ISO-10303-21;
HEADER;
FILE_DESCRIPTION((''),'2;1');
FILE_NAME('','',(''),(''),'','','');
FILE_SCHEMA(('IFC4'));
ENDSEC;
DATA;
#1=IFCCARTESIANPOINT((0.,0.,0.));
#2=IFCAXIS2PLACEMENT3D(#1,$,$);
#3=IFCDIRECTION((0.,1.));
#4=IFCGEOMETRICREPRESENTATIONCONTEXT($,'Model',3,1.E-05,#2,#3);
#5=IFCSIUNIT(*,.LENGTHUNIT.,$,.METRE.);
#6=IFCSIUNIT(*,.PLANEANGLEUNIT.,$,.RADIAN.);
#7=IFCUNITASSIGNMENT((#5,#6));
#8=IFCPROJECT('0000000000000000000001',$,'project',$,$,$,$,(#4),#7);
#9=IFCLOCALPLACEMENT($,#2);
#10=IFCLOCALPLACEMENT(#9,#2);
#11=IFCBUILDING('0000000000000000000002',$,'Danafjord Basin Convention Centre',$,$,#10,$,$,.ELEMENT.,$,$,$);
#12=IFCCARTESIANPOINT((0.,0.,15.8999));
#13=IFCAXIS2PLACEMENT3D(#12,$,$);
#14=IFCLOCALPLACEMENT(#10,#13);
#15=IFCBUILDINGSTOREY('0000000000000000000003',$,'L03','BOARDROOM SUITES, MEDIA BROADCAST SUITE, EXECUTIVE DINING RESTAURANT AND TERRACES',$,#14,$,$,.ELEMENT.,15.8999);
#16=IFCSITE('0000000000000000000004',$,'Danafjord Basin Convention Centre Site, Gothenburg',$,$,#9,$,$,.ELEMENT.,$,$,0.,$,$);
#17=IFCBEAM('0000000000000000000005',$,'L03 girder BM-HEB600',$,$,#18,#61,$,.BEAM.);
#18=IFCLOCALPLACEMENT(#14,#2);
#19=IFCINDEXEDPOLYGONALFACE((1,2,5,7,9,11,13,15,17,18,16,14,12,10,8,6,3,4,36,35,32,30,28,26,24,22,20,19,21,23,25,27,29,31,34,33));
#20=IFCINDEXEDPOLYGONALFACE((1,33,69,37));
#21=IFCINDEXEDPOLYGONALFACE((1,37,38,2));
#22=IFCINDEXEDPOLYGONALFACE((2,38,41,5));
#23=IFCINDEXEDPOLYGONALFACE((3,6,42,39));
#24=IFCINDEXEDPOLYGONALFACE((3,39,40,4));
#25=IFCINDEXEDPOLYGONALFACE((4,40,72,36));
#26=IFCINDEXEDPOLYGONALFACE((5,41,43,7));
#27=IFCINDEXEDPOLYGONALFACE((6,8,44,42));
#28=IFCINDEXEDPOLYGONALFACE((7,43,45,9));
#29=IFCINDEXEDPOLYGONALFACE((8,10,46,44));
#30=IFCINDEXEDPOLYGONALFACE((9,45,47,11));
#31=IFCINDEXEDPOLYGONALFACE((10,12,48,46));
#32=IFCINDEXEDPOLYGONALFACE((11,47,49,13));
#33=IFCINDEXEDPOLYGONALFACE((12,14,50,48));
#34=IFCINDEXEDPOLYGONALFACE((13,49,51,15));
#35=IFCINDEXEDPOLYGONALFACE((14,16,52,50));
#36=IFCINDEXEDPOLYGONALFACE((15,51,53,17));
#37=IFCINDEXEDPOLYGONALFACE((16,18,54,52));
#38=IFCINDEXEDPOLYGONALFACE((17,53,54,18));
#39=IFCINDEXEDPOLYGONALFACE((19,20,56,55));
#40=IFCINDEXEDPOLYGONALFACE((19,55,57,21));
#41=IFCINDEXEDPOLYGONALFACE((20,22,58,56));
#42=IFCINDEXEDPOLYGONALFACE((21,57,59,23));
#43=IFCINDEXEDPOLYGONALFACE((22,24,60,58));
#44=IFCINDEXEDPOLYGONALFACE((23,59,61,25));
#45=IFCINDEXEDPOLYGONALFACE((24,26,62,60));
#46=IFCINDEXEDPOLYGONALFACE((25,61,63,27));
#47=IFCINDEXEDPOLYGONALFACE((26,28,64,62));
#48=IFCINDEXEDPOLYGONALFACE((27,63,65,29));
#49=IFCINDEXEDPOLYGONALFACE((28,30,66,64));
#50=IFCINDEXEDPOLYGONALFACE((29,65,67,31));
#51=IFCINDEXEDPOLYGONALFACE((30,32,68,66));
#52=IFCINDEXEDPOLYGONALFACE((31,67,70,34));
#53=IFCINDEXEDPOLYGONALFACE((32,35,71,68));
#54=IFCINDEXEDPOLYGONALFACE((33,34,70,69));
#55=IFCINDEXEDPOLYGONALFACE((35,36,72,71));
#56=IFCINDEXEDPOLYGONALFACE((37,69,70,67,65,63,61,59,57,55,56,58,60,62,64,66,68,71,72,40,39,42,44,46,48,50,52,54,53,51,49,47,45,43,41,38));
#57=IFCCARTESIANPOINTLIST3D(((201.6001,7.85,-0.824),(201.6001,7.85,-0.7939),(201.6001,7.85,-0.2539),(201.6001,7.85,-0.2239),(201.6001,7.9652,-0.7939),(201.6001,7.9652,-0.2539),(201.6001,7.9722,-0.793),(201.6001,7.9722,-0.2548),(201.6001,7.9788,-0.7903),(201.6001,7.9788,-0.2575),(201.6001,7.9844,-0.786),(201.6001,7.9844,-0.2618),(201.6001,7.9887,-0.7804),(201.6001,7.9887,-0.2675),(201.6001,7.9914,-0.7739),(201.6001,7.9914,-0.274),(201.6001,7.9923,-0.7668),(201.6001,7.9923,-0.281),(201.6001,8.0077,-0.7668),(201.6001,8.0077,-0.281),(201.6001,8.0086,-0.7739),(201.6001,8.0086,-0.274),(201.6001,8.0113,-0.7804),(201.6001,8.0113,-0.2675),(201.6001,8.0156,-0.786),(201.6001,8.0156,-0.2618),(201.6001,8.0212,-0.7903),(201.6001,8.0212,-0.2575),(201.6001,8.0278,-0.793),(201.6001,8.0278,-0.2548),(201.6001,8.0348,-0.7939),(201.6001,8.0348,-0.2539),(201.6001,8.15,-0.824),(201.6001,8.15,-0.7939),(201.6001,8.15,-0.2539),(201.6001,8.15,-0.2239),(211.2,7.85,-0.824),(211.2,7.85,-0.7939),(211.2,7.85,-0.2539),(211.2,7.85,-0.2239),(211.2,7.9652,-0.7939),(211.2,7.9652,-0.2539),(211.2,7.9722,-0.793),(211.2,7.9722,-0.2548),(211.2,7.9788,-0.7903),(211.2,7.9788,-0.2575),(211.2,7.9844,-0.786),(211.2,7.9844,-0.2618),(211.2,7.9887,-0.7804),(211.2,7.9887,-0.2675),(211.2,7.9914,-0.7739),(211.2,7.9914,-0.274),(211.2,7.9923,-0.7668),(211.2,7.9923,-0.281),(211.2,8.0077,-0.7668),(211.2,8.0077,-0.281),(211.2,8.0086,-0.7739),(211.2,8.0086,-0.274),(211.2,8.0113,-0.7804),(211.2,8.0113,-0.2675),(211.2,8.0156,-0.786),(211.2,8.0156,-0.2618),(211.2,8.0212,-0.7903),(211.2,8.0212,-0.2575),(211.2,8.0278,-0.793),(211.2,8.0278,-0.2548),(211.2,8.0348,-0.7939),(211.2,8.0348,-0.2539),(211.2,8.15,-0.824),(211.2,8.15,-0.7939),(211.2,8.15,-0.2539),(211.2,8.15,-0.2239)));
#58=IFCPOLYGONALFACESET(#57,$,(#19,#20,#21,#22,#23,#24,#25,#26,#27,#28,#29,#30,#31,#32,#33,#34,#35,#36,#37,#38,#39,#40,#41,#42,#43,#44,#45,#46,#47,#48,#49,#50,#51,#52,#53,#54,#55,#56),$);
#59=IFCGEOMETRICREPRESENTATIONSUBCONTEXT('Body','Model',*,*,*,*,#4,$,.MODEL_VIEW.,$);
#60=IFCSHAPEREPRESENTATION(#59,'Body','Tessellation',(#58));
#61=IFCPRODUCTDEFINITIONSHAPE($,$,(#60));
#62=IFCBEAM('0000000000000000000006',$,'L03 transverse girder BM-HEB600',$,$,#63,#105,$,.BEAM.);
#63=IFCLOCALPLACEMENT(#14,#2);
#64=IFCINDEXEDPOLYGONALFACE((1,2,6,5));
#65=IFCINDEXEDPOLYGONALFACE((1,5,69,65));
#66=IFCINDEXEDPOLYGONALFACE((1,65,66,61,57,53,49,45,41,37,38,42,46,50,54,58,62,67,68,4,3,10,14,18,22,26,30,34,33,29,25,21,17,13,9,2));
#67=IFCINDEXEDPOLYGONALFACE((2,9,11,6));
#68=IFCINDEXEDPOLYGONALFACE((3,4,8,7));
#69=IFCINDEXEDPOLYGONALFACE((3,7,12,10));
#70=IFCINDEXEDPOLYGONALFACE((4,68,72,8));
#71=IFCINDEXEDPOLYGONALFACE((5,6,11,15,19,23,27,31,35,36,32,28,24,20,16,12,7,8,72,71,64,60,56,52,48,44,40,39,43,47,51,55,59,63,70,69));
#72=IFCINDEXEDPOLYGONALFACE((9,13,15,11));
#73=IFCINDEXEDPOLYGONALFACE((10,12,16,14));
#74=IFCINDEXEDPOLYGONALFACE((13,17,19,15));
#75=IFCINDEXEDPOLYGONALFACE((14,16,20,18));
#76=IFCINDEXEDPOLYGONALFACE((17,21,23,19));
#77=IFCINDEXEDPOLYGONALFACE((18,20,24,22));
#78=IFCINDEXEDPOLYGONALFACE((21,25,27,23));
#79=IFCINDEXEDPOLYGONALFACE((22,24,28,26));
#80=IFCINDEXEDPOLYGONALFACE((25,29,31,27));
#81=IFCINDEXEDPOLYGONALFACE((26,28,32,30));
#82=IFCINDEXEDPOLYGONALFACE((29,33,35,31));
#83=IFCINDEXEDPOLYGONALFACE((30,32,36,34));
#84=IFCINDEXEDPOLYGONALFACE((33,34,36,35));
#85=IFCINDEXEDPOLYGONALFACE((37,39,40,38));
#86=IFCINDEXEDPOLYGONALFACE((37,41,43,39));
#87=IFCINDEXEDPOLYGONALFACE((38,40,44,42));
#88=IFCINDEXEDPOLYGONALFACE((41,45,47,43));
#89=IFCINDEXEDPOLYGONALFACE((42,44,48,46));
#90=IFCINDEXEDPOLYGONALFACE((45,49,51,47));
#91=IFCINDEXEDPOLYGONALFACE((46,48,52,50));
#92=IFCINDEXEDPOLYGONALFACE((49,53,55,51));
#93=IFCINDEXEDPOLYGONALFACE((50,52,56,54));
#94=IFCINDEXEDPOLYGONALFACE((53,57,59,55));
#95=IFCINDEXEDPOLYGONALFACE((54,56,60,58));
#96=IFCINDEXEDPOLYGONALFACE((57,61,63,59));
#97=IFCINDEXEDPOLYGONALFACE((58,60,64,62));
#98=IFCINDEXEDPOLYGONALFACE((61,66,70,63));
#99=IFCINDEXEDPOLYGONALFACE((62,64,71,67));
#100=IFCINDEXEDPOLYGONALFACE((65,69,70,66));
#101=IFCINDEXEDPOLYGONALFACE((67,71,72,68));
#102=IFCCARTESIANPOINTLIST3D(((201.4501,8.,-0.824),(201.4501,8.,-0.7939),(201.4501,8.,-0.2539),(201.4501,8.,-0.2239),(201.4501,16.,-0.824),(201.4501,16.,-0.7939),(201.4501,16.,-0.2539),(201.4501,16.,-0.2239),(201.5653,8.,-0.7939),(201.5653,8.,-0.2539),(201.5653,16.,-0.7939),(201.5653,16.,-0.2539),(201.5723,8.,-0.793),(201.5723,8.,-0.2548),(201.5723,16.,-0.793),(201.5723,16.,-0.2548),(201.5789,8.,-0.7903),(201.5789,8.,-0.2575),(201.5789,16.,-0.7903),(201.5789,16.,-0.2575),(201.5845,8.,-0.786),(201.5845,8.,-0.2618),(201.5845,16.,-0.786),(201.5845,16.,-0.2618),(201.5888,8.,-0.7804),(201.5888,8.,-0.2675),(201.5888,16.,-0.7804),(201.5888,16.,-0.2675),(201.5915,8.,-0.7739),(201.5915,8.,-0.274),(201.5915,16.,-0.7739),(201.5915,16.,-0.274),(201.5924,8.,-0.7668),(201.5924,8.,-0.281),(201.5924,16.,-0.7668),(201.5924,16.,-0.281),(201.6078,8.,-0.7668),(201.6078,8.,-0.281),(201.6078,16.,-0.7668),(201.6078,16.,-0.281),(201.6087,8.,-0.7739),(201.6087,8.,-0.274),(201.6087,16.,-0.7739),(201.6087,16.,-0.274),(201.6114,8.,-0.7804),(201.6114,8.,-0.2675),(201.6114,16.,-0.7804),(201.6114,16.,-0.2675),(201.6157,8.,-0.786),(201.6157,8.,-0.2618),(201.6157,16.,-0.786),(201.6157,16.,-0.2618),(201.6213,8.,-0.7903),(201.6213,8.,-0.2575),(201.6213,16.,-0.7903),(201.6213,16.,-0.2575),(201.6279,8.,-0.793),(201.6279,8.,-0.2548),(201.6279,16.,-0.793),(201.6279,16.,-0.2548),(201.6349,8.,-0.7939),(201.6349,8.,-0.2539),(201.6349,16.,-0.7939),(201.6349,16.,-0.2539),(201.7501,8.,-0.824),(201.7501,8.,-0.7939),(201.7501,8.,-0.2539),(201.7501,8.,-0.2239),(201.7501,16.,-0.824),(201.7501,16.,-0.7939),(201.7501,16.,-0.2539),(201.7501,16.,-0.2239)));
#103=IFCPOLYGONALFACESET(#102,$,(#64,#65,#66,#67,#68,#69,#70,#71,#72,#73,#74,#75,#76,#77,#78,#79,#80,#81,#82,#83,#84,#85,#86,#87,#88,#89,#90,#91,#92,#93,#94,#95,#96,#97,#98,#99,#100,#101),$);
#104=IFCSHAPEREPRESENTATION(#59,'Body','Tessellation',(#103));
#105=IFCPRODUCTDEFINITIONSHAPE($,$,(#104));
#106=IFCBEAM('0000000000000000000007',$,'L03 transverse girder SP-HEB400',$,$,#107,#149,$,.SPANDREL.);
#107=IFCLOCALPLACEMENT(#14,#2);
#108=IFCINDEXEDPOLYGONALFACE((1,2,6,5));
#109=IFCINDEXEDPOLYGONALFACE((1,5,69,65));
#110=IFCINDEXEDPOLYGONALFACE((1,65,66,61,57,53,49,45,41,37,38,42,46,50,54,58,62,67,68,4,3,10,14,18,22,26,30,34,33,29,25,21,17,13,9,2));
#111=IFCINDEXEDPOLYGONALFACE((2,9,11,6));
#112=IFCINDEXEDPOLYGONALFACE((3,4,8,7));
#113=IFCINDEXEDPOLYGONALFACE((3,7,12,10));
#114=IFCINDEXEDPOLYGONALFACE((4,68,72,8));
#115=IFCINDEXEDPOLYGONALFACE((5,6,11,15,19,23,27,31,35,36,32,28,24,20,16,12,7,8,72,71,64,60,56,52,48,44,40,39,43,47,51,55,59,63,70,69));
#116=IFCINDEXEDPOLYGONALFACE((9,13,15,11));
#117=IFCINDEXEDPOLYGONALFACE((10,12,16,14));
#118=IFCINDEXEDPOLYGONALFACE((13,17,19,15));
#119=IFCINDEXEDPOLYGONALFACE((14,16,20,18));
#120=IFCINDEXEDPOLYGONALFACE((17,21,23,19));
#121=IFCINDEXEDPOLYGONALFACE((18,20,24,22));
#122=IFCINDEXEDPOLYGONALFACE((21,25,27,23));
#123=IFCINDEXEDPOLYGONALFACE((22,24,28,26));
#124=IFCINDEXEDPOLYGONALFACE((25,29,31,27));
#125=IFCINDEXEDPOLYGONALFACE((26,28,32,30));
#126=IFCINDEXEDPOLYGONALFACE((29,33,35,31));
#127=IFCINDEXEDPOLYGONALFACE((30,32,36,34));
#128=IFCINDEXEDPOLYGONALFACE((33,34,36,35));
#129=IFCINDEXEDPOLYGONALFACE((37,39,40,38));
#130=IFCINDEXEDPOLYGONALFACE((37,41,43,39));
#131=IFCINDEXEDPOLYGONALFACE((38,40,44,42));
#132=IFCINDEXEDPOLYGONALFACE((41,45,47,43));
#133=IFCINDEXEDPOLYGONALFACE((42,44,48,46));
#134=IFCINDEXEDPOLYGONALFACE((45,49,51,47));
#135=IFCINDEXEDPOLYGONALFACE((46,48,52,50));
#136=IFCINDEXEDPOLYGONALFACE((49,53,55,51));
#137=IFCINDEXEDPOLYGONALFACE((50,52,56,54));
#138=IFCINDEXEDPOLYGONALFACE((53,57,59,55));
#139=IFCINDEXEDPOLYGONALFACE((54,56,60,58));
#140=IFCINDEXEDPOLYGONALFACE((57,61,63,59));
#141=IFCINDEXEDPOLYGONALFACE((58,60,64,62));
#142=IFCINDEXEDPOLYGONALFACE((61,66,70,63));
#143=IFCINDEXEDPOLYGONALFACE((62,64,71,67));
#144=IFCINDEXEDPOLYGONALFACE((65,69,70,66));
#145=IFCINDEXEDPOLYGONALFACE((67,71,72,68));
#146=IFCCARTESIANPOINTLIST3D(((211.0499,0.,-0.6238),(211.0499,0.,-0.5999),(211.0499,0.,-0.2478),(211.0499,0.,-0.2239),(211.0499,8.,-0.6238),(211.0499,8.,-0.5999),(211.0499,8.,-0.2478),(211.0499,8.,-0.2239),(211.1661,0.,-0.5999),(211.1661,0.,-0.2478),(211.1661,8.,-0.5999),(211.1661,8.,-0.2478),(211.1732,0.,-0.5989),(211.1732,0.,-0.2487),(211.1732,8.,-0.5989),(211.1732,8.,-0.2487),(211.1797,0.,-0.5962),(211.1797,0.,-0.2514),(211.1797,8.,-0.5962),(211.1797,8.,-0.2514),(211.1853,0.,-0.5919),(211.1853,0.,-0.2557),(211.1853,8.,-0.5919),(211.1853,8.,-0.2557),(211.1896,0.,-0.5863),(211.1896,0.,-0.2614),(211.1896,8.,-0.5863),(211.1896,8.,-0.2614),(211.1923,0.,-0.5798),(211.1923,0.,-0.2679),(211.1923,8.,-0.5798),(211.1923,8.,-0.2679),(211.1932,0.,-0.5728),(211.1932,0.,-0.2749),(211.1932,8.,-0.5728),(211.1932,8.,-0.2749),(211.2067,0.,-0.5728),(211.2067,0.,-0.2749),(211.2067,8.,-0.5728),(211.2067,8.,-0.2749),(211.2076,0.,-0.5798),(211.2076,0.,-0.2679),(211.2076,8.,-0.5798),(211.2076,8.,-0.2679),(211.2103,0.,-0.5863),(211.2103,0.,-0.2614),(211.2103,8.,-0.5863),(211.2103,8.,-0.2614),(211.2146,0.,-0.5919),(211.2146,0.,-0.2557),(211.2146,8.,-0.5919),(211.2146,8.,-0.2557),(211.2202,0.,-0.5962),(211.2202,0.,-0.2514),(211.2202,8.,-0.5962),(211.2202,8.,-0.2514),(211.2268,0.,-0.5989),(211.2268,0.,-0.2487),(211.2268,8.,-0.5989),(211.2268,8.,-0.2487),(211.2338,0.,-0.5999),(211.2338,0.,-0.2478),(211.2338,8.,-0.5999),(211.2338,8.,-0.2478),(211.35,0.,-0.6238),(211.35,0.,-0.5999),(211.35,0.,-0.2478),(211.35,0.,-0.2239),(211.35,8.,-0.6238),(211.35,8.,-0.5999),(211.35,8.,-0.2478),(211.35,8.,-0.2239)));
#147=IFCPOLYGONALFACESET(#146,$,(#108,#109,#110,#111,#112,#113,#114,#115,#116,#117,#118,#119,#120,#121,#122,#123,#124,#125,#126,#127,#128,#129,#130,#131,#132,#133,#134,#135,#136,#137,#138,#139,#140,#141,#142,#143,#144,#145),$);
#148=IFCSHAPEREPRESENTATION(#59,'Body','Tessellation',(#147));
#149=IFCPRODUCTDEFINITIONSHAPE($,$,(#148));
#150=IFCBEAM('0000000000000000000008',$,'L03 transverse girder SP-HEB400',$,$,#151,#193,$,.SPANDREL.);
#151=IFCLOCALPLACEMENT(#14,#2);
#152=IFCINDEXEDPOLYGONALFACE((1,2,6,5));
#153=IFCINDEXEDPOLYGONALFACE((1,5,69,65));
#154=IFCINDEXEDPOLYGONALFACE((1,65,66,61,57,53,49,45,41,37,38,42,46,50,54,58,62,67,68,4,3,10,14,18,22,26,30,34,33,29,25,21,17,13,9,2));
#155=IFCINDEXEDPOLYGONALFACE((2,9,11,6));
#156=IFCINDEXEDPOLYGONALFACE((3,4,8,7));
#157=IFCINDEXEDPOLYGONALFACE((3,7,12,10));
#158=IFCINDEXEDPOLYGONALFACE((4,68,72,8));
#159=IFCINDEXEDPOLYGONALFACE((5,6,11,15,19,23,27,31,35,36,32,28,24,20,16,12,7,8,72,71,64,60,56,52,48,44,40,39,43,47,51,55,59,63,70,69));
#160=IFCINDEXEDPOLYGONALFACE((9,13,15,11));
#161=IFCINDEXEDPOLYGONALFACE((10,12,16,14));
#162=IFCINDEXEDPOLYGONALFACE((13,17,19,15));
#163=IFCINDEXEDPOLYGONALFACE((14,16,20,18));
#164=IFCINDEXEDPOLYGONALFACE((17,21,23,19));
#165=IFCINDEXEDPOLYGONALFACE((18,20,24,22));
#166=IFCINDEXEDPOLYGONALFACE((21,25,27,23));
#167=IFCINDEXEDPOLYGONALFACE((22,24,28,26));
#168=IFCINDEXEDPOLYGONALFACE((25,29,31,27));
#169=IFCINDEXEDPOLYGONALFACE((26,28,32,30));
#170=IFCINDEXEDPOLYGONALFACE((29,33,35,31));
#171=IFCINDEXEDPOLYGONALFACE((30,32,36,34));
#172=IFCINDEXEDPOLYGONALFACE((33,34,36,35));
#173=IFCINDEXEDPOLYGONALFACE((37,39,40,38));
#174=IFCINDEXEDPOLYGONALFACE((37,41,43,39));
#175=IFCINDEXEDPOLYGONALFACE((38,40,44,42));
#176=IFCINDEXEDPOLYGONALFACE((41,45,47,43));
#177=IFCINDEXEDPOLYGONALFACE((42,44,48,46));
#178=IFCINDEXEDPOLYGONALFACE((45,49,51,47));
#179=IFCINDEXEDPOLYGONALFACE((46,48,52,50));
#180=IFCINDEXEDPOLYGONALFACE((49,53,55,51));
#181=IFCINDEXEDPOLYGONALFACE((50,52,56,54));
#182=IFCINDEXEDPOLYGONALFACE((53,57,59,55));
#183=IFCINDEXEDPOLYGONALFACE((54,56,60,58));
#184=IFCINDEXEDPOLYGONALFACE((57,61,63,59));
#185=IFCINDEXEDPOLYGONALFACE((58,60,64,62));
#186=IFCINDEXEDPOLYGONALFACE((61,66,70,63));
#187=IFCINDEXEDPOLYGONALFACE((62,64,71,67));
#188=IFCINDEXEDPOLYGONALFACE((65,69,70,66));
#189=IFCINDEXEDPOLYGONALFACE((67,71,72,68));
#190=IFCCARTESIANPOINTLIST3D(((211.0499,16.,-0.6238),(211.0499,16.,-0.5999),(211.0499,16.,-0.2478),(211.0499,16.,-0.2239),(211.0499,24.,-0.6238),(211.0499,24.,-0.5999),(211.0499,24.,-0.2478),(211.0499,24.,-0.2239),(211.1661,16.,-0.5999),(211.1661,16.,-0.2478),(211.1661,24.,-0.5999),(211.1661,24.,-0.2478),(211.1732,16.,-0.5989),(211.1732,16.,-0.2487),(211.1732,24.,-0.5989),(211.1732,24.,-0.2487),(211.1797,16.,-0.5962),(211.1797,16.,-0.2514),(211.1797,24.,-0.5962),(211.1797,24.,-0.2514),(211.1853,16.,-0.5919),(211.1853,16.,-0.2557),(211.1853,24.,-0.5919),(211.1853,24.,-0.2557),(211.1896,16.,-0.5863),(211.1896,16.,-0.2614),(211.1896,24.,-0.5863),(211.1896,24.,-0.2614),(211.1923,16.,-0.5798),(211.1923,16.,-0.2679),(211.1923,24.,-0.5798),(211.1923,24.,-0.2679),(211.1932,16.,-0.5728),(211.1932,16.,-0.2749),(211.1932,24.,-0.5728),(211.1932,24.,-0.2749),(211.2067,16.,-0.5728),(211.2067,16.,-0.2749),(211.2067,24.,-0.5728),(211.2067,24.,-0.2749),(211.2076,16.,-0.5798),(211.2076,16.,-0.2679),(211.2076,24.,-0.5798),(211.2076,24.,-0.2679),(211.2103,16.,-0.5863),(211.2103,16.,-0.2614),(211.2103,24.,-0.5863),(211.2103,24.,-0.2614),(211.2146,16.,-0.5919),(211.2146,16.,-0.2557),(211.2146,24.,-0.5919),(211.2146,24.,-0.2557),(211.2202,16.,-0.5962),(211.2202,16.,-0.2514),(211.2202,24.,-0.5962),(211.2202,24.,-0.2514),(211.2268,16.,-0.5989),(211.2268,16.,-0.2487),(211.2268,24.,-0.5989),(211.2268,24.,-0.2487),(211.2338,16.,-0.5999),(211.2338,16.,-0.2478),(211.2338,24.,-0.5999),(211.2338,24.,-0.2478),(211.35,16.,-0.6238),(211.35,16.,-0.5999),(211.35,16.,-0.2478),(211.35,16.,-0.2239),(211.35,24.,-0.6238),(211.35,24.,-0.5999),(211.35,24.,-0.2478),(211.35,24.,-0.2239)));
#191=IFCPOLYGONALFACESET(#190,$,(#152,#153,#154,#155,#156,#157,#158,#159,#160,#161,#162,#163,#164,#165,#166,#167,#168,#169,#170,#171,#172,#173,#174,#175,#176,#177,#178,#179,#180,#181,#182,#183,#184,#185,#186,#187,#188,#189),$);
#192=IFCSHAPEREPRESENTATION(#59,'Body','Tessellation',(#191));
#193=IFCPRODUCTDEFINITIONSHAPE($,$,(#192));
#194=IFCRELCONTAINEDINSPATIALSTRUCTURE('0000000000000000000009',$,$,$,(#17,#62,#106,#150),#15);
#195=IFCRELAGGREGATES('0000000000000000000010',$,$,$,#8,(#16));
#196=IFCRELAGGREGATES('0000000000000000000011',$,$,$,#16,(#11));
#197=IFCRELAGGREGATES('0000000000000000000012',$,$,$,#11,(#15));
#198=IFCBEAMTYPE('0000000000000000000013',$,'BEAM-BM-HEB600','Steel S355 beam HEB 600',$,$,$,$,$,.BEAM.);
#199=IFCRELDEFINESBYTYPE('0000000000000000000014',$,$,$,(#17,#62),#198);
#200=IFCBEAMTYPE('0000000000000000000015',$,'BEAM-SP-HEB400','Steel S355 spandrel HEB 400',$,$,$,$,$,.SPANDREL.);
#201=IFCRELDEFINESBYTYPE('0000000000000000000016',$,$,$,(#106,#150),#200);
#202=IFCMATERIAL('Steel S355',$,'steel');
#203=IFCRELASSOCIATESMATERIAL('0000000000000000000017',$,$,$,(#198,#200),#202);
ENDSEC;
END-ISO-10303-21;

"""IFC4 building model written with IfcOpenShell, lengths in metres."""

from ifc_helpers import new_model, si_unit, direction, frame, origin, origin_2d, place, context, subcontext, project, spatial, i_section, extrude, material, material_profile, profile_set, type_object, element, save


model = new_model("IFC4")

# Units and contexts
model_context = context("Model", 3, precision=1e-05, world=origin(), true_north=direction((0.0, 1.0)))
body_context = subcontext(model_context, "Body", "Model", "MODEL_VIEW")
ifc_project = project(units=[si_unit("LENGTHUNIT", "METRE"), si_unit("PLANEANGLEUNIT", "RADIAN")], contexts=[model_context])

# Site, building, storey
site_placement = place(None, origin())
site = spatial("IfcSite", under=ifc_project, at=site_placement, Name="Danafjord Basin Convention Centre Site, Gothenburg", CompositionType="ELEMENT", RefElevation=0.0)
building_placement = place(site_placement, origin())
building = spatial("IfcBuilding", under=site, at=building_placement, Name="Danafjord Basin Convention Centre", CompositionType="ELEMENT")
storey_placement = place(building_placement, frame((0.0, 0.0, 15.8999)))
storey = spatial("IfcBuildingStorey", under=building, at=storey_placement, Name="L03", Description="BOARDROOM SUITES, MEDIA BROADCAST SUITE, EXECUTIVE DINING RESTAURANT AND TERRACES", CompositionType="ELEMENT", Elevation=15.8999)

# Shared definitions
ifc_material_1 = material(Name="Steel S355", Category="steel")

# Beams
ifc_material_profile_1 = material_profile(ifc_material_1, i_section(OverallWidth=0.3, OverallDepth=0.6001, WebThickness=0.0154, FlangeThickness=0.03, FilletRadius=0.0271, at=origin_2d()), Name="HEB 600")
ifc_profile_set_1 = profile_set([ifc_material_profile_1], Name="Steel S355")
beam_type_1 = type_object("IfcBeamType", Name="BEAM-BM-HEB600", Description="Steel S355 beam HEB 600", PredefinedType="BEAM", material=ifc_profile_set_1)
beam_1_placement = place(storey_placement, frame((201.6001, 8.0, -0.5239), z_axis=(1.0, 0.0, 0.0), x_axis=(0.0, 1.0, 0.0)))
element("IfcBeam", 1, at=beam_1_placement, inside=storey, type_object=beam_type_1, Name="L03 girder BM-HEB600", PredefinedType="BEAM", context=body_context, shape_type="SweptSolid", body=[
    extrude(i_section(OverallWidth=0.3, OverallDepth=0.6001, WebThickness=0.0154, FlangeThickness=0.03, FilletRadius=0.0271, at=origin_2d()), origin(), (0.0, 0.0, 1.0), 9.5999),
])
beam_2_placement = place(storey_placement, frame((201.6001, 8.0, -0.5239), z_axis=(0.0, 1.0, 0.0), x_axis=(-1.0, 0.0, 0.0)))
element("IfcBeam", 2, at=beam_2_placement, inside=storey, type_object=beam_type_1, Name="L03 transverse girder BM-HEB600", PredefinedType="BEAM", context=body_context, shape_type="SweptSolid", body=[
    extrude(i_section(OverallWidth=0.3, OverallDepth=0.6001, WebThickness=0.0154, FlangeThickness=0.03, FilletRadius=0.0271, at=origin_2d()), origin(), (0.0, 0.0, 1.0), 8.0),
])
ifc_material_profile_2 = material_profile(ifc_material_1, i_section(OverallWidth=0.3, OverallDepth=0.3999, WebThickness=0.0134, FlangeThickness=0.0239, FilletRadius=0.0271, at=origin_2d()), Name="HEB 400")
ifc_profile_set_2 = profile_set([ifc_material_profile_2], Name="Steel S355")
beam_type_2 = type_object("IfcBeamType", Name="BEAM-SP-HEB400", Description="Steel S355 spandrel HEB 400", PredefinedType="SPANDREL", material=ifc_profile_set_2)
for number, where, z_axis, x_axis, name in (
    (3, (211.2, 0.0, -0.4238), (0.0, 1.0, 0.0), (-1.0, 0.0, 0.0), "L03 transverse girder SP-HEB400"),
    (4, (211.2, 16.0, -0.4238), (0.0, 1.0, 0.0), (-1.0, 0.0, 0.0), "L03 transverse girder SP-HEB400"),
):
    element("IfcBeam", number, at=place(storey_placement, frame(where, z_axis=z_axis, x_axis=x_axis)), inside=storey, type_object=beam_type_2, Name=name, PredefinedType="SPANDREL", context=body_context, shape_type="SweptSolid", body=[
        extrude(i_section(OverallWidth=0.3, OverallDepth=0.3999, WebThickness=0.0134, FlangeThickness=0.0239, FilletRadius=0.0271, at=origin_2d()), origin(), (0.0, 0.0, 1.0), 8.0),
    ])

save(model, "model.ifc")
